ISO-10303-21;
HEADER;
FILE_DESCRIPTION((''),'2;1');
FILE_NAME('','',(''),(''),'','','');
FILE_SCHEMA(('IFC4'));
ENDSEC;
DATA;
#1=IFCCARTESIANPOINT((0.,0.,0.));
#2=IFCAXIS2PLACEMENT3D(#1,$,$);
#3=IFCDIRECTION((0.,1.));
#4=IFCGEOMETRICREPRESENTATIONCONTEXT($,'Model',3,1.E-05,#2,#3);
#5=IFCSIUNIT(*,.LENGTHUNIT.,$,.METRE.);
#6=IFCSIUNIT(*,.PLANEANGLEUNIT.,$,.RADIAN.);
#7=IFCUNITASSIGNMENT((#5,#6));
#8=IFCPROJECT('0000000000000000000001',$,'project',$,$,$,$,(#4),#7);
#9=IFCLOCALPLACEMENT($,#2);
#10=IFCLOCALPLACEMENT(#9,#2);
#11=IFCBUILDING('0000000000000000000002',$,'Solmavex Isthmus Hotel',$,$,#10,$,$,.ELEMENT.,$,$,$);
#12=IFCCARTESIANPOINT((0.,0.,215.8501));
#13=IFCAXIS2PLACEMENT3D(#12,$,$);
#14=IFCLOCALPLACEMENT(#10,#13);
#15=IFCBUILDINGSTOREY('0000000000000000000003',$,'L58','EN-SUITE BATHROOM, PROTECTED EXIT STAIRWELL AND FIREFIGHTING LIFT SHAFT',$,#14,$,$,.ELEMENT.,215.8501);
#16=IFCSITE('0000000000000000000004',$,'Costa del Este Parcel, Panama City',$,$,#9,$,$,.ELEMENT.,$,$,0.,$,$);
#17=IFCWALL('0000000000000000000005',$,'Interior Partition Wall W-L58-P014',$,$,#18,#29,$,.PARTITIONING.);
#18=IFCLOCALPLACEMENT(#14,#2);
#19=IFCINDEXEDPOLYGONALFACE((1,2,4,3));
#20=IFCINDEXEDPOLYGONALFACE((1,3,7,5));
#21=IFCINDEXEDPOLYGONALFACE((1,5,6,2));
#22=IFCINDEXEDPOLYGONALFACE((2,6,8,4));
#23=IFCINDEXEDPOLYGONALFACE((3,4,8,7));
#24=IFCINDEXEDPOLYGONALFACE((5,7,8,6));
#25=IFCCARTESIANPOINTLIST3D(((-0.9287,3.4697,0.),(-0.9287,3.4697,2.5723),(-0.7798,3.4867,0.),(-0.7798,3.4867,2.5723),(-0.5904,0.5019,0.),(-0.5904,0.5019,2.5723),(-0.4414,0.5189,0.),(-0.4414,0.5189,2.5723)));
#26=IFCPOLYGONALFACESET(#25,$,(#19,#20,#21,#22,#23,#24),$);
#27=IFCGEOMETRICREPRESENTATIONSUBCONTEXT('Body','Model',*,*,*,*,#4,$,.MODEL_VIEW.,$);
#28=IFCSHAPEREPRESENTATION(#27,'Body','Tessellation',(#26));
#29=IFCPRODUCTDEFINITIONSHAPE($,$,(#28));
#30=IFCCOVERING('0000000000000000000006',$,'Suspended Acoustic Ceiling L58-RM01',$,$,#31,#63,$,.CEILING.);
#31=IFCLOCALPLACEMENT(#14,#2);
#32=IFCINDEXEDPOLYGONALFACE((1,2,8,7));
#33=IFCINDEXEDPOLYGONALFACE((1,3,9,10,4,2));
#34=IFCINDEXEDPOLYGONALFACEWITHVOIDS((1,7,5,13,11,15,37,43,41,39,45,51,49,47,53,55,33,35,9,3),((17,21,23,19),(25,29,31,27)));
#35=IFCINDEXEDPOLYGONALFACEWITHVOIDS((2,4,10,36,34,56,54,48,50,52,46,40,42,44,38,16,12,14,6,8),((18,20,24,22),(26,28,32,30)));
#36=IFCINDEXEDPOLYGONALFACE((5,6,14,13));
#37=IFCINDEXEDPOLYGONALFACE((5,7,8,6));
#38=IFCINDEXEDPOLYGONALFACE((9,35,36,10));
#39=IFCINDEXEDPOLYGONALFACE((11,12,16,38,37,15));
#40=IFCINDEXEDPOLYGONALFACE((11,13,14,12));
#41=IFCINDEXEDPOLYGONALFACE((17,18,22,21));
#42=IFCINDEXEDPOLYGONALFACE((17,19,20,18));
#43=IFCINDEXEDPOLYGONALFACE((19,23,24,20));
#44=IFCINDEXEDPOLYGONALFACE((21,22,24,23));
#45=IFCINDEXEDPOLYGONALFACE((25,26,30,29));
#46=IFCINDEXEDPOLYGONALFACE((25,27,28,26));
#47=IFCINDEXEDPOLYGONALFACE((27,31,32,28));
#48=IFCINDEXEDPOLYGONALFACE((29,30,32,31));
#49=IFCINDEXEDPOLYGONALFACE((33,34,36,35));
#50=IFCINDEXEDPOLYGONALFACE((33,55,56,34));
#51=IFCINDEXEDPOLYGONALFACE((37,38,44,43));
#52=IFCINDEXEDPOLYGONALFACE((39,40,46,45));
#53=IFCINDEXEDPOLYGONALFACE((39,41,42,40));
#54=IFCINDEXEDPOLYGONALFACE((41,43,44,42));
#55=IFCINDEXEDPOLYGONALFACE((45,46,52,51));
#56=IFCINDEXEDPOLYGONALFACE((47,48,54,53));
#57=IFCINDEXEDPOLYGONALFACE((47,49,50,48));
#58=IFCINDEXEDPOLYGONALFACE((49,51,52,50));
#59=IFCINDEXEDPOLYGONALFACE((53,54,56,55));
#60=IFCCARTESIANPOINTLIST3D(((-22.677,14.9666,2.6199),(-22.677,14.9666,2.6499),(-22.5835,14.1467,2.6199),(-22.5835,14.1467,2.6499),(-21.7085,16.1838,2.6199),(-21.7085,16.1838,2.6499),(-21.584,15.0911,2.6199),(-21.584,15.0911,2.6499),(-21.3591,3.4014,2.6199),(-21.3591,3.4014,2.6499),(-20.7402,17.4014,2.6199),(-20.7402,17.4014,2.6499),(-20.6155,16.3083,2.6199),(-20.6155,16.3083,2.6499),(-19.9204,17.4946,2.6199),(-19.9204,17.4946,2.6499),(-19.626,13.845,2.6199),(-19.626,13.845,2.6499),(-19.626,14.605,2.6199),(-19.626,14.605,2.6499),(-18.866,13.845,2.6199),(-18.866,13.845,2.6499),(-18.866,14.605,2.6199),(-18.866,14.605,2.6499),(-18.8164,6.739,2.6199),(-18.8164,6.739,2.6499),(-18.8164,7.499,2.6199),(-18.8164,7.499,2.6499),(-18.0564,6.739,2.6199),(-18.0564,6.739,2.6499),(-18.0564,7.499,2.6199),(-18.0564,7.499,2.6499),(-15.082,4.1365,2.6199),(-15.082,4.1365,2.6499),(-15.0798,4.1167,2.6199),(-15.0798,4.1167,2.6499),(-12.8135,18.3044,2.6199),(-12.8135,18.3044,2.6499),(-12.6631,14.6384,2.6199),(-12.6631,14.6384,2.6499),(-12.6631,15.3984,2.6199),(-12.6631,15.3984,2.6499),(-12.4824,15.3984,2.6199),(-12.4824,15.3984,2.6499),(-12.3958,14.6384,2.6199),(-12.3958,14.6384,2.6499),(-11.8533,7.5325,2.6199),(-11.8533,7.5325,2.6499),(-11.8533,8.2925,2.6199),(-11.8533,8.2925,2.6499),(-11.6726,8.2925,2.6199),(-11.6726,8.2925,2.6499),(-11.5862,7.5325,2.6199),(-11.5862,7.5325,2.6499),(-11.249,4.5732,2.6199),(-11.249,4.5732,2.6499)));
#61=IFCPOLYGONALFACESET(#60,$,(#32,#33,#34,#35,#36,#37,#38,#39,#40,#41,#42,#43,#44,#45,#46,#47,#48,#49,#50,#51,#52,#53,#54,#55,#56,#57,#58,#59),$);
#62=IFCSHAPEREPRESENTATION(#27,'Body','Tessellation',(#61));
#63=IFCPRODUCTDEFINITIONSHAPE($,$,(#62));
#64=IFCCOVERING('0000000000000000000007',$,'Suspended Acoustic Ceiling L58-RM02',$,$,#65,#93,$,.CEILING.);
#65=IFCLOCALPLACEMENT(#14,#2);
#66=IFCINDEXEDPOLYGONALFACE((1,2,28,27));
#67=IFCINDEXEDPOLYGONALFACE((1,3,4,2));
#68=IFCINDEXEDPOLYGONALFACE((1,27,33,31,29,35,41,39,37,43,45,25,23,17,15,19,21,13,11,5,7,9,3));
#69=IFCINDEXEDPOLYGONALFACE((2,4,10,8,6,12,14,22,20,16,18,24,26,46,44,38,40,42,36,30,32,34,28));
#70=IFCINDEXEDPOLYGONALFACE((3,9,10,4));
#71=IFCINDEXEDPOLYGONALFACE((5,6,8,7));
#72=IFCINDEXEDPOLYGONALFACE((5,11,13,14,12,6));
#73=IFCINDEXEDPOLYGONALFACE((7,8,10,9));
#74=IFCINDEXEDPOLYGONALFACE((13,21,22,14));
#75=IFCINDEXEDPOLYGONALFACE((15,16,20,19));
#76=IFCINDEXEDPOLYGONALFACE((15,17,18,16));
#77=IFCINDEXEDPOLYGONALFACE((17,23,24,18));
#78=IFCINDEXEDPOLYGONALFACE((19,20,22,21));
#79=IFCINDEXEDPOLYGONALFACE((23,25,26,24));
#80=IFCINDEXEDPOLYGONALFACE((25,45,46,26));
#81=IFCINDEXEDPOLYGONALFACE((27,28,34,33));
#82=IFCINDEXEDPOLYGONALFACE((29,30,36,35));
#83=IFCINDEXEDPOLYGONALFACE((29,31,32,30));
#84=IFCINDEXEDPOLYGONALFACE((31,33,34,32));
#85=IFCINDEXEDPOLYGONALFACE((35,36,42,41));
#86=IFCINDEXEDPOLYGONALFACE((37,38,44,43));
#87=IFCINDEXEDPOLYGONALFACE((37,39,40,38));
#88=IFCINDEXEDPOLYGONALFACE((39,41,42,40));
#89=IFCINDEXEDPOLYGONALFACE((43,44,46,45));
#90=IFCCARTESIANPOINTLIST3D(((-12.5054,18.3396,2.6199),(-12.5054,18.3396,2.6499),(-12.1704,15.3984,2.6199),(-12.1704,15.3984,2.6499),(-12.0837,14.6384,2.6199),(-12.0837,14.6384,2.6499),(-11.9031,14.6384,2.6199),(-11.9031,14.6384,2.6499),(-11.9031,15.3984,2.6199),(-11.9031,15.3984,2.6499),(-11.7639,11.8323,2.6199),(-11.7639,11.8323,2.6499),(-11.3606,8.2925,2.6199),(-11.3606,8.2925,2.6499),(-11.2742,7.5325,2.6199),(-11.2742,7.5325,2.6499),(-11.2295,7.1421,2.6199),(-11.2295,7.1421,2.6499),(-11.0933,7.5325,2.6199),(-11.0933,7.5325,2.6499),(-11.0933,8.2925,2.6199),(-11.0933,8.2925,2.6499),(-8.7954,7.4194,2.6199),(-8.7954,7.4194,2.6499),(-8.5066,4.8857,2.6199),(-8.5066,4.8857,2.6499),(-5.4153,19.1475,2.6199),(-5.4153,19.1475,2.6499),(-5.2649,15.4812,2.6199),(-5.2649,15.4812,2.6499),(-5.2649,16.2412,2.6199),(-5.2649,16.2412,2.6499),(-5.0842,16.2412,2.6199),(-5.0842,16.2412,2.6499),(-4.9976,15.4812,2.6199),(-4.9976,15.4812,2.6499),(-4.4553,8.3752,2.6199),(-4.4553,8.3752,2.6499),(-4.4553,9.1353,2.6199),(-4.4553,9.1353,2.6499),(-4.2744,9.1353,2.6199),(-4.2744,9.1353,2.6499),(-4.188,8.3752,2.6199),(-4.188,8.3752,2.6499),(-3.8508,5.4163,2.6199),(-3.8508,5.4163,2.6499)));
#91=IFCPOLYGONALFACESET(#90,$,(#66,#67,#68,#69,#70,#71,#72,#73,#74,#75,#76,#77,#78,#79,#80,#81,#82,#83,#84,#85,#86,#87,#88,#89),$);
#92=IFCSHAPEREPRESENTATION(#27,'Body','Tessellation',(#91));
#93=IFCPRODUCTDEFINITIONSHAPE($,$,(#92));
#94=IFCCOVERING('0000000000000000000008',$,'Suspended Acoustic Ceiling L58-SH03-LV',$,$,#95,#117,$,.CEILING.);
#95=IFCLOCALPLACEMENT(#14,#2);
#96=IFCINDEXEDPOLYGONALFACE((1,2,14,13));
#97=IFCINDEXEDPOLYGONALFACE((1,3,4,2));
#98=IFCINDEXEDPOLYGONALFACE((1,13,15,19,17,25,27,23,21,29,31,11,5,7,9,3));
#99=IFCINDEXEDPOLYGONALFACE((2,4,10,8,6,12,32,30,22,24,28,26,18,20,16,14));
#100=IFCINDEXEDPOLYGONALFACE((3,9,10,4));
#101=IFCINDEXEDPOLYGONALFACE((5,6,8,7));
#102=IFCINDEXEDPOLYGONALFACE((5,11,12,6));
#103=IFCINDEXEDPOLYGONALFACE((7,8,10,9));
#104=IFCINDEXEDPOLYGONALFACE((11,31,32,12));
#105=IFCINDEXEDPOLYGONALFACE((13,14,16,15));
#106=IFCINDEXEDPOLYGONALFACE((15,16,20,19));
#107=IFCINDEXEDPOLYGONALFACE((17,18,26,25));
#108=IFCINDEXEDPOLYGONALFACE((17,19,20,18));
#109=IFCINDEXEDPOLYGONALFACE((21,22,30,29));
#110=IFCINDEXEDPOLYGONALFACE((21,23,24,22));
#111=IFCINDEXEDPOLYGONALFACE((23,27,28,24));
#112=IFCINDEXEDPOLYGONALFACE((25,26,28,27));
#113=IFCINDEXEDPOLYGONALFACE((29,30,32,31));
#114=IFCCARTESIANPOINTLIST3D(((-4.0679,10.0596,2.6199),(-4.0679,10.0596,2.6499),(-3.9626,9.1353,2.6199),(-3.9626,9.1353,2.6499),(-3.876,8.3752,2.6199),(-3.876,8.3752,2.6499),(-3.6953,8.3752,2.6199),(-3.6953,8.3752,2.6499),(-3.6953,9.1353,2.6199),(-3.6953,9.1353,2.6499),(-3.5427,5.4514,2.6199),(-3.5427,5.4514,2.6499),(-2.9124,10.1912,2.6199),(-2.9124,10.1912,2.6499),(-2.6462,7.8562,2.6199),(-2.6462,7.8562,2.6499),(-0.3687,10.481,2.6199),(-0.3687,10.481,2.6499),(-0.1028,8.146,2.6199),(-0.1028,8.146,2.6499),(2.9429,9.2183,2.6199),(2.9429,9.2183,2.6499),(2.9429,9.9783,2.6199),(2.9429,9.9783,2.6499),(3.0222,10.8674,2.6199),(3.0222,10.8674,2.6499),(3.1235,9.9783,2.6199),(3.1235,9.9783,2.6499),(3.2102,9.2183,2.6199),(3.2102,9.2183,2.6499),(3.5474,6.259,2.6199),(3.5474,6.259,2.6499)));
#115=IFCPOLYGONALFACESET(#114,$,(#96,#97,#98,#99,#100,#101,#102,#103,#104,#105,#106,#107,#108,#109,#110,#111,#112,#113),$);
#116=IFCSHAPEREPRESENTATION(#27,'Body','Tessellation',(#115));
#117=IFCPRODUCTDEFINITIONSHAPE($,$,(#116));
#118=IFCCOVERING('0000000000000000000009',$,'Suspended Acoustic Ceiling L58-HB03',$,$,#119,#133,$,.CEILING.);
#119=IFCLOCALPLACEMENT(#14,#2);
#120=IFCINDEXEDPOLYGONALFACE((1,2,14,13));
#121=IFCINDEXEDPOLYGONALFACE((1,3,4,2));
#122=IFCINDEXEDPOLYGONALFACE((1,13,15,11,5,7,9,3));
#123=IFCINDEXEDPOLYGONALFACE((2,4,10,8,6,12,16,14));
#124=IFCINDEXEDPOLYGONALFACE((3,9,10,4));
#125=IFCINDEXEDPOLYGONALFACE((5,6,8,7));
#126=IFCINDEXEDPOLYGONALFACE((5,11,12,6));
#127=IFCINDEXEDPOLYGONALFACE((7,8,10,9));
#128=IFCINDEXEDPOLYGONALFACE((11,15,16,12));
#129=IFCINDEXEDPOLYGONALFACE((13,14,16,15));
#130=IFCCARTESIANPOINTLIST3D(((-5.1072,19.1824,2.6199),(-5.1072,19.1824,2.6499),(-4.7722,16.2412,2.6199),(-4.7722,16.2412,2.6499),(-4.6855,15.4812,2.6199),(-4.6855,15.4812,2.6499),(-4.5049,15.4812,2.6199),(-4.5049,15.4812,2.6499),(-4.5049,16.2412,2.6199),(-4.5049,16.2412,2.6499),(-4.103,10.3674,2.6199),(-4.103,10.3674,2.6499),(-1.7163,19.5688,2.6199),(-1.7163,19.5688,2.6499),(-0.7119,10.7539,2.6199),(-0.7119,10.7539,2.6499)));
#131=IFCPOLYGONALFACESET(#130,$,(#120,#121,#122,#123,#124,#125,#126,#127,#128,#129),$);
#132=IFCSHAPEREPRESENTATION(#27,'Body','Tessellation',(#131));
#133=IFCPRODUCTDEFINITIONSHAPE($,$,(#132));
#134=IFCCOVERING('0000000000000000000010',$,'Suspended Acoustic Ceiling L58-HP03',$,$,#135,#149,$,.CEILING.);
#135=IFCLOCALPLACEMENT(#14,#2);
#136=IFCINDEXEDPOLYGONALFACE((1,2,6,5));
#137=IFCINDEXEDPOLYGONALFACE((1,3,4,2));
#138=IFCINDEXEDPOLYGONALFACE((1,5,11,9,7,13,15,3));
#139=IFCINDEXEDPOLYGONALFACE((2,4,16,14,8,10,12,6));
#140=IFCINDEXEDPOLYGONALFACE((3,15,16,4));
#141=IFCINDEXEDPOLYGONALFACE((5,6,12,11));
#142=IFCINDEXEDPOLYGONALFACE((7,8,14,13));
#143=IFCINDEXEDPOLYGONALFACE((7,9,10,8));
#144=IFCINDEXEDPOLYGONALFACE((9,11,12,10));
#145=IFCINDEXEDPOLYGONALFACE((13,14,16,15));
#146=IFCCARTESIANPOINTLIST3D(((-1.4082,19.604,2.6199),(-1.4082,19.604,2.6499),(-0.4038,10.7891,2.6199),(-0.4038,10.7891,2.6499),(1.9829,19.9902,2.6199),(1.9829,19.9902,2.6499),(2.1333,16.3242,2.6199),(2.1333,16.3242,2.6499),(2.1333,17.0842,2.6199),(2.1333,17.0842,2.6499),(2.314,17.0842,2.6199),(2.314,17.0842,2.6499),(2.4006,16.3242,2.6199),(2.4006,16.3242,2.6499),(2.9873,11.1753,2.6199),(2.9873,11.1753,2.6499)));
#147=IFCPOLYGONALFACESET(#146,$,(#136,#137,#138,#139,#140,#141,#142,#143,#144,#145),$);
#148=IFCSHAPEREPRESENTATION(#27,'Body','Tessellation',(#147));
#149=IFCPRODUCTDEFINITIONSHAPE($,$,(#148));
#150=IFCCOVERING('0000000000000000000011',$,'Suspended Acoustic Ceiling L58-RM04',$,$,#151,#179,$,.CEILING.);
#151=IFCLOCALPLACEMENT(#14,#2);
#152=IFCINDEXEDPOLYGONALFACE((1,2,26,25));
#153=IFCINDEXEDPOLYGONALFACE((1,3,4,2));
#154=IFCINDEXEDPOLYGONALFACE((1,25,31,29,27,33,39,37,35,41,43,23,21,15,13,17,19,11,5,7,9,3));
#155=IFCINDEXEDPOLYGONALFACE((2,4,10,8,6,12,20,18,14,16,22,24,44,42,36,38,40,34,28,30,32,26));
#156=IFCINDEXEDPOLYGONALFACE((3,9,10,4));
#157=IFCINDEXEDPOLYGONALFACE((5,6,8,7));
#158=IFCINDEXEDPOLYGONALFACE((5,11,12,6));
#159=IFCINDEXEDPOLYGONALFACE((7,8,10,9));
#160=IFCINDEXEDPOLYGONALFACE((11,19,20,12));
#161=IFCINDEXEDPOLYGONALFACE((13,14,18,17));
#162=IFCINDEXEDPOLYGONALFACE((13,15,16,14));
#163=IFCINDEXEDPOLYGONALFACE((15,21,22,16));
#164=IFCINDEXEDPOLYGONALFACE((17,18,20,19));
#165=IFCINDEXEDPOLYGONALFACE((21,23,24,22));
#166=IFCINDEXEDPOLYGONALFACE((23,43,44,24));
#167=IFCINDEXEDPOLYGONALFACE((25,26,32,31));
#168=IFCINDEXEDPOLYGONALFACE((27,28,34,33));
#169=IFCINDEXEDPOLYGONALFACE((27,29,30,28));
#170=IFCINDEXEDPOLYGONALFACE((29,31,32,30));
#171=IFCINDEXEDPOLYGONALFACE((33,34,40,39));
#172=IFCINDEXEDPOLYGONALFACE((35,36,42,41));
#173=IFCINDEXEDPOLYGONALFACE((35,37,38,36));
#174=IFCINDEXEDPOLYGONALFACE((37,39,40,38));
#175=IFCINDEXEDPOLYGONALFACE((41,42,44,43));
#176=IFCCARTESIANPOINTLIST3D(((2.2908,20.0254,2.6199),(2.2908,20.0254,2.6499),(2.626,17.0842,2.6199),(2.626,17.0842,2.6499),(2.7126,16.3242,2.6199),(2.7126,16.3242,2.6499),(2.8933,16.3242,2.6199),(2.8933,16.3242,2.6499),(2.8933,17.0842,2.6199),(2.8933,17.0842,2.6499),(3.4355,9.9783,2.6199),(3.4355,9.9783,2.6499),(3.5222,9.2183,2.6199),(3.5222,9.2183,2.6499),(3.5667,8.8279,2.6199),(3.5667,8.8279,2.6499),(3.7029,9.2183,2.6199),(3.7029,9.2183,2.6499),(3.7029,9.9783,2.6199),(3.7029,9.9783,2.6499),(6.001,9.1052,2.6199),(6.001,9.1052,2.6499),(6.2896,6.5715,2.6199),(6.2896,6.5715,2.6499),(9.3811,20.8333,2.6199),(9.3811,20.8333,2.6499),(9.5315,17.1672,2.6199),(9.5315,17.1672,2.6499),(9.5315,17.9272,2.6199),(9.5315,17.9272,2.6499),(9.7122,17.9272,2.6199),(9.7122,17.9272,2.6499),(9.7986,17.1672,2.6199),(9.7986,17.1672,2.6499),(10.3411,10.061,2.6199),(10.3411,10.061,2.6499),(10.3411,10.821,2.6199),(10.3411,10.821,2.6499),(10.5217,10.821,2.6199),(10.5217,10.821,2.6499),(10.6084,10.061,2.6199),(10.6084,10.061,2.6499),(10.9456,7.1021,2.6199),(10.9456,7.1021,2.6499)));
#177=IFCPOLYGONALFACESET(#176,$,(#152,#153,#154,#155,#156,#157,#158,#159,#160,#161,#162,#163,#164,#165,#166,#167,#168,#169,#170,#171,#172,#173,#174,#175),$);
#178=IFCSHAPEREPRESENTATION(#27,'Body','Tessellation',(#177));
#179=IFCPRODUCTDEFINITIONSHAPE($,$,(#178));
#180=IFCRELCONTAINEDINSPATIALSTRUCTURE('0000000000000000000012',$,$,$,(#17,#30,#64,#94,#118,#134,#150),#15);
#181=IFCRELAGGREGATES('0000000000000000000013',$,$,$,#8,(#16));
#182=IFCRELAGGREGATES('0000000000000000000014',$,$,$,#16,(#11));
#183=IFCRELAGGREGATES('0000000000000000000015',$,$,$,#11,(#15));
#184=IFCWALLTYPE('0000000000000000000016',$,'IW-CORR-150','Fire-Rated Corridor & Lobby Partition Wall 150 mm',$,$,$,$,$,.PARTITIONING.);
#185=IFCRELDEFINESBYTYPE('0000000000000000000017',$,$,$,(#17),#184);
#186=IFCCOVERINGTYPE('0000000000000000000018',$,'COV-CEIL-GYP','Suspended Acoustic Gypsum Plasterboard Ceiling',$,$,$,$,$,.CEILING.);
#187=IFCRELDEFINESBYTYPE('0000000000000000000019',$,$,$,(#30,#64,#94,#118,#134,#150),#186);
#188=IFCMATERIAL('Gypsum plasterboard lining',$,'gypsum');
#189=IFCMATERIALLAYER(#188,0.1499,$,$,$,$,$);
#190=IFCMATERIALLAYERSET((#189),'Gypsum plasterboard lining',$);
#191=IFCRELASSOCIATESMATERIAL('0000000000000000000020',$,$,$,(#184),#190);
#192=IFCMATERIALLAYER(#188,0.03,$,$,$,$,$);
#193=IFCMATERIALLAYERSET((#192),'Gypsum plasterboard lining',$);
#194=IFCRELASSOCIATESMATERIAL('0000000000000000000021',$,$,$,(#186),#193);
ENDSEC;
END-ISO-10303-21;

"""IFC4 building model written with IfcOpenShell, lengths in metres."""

from ifc_helpers import new_model, si_unit, direction, frame, frame_2d, origin, place, context, subcontext, project, spatial, polyline, rectangle, outline, extrude, material, layer, layer_set, type_object, element, save


model = new_model("IFC4")

# Units and contexts
model_context = context("Model", 3, precision=1e-05, world=origin(), true_north=direction((0.0, 1.0)))
body_context = subcontext(model_context, "Body", "Model", "MODEL_VIEW")
ifc_project = project(units=[si_unit("LENGTHUNIT", "METRE"), si_unit("PLANEANGLEUNIT", "RADIAN")], contexts=[model_context])

# Site, building, storey
site_placement = place(None, origin())
site = spatial("IfcSite", under=ifc_project, at=site_placement, Name="Costa del Este Parcel, Panama City", CompositionType="ELEMENT", RefElevation=0.0)
building_placement = place(site_placement, origin())
building = spatial("IfcBuilding", under=site, at=building_placement, Name="Solmavex Isthmus Hotel", CompositionType="ELEMENT")
storey_placement = place(building_placement, frame((0.0, 0.0, 215.8501)))
storey = spatial("IfcBuildingStorey", under=building, at=storey_placement, Name="L58", Description="EN-SUITE BATHROOM, PROTECTED EXIT STAIRWELL AND FIREFIGHTING LIFT SHAFT", CompositionType="ELEMENT", Elevation=215.8501)

# Shared definitions
ifc_material_1 = material(Name="Gypsum plasterboard lining", Category="gypsum")
ifc_layer_1 = layer(ifc_material_1, 0.1499)
ifc_layer_set_1 = layer_set([ifc_layer_1], Name="Gypsum plasterboard lining")
wall_type = type_object("IfcWallType", Name="IW-CORR-150", Description="Fire-Rated Corridor & Lobby Partition Wall 150 mm", PredefinedType="PARTITIONING", material=ifc_layer_set_1)

# Wall
wall_1_placement = place(storey_placement, frame((-0.5159, 0.5103, 0.0), z_axis=(0.0, 0.0, 1.0), x_axis=(-0.113284, 0.993563, 0.0)))
element("IfcWall", 1, at=wall_1_placement, inside=storey, type_object=wall_type, Name="Interior Partition Wall W-L58-P014", PredefinedType="PARTITIONING", context=body_context, shape_type="SweptSolid", body=[
    extrude(rectangle(XDim=2.9871, YDim=0.1499, at=frame_2d((1.4937, 0.0))), origin(), (0.0, 0.0, 1.0), 2.5723),
])

# Coverings
ifc_layer_2 = layer(ifc_material_1, 0.03)
ifc_layer_set_2 = layer_set([ifc_layer_2], Name="Gypsum plasterboard lining")
covering_type_1 = type_object("IfcCoveringType", Name="COV-CEIL-GYP", Description="Suspended Acoustic Gypsum Plasterboard Ceiling", PredefinedType="CEILING", material=ifc_layer_set_2)
covering_1_placement = place(storey_placement, frame((0.0, 0.0, 2.6199)))
element("IfcCovering", 2, at=covering_1_placement, inside=storey, type_object=covering_type_1, Name="Suspended Acoustic Ceiling L58-RM01", PredefinedType="CEILING", context=body_context, shape_type="SweptSolid", body=[
    extrude(outline(polyline([(-15.0798, 4.1167), (-15.082, 4.1365), (-11.249, 4.5732), (-11.5862, 7.5325), (-11.8533, 7.5325), (-11.8533, 8.2925), (-11.6726, 8.2925), (-12.3958, 14.6384), (-12.6631, 14.6384), (-12.6631, 15.3984), (-12.4824, 15.3984), (-12.8135, 18.3044), (-19.9204, 17.4946), (-20.7402, 17.4014), (-20.6155, 16.3083), (-21.7085, 16.1838), (-21.584, 15.0911), (-22.677, 14.9666), (-22.5835, 14.1467), (-21.3591, 3.4014), (-15.0798, 4.1167)]), holes=[polyline([(-18.8164, 6.739), (-18.8164, 7.499), (-18.0564, 7.499), (-18.0564, 6.739), (-18.8164, 6.739)]), polyline([(-19.626, 13.845), (-19.626, 14.605), (-18.866, 14.605), (-18.866, 13.845), (-19.626, 13.845)])]), origin(), (0.0, 0.0, 1.0), 0.03),
])
covering_2_placement = place(storey_placement, frame((0.0, 0.0, 2.6199)))
element("IfcCovering", 3, at=covering_2_placement, inside=storey, type_object=covering_type_1, Name="Suspended Acoustic Ceiling L58-RM02", PredefinedType="CEILING", context=body_context, shape_type="SweptSolid", body=[
    extrude(outline(polyline([(-11.3606, 8.2925), (-11.0933, 8.2925), (-11.0933, 7.5325), (-11.2742, 7.5325), (-11.2295, 7.1421), (-8.7954, 7.4194), (-8.5066, 4.8857), (-3.8508, 5.4163), (-4.188, 8.3752), (-4.4553, 8.3752), (-4.4553, 9.1353), (-4.2744, 9.1353), (-4.9976, 15.4812), (-5.2649, 15.4812), (-5.2649, 16.2412), (-5.0842, 16.2412), (-5.4153, 19.1475), (-12.5054, 18.3396), (-12.1704, 15.3984), (-11.9031, 15.3984), (-11.9031, 14.6384), (-12.0837, 14.6384), (-11.7639, 11.8323), (-11.3606, 8.2925)])), origin(), (0.0, 0.0, 1.0), 0.03),
])
covering_3_placement = place(storey_placement, frame((0.0, 0.0, 2.6199)))
element("IfcCovering", 4, at=covering_3_placement, inside=storey, type_object=covering_type_1, Name="Suspended Acoustic Ceiling L58-SH03-LV", PredefinedType="CEILING", context=body_context, shape_type="SweptSolid", body=[
    extrude(outline(polyline([(-2.9124, 10.1912), (-4.0679, 10.0596), (-3.9626, 9.1353), (-3.6953, 9.1353), (-3.6953, 8.3752), (-3.876, 8.3752), (-3.5427, 5.4514), (3.5474, 6.259), (3.2102, 9.2183), (2.9429, 9.2183), (2.9429, 9.9783), (3.1235, 9.9783), (3.0222, 10.8674), (-0.3687, 10.481), (-0.1028, 8.146), (-2.6462, 7.8562), (-2.9124, 10.1912)])), origin(), (0.0, 0.0, 1.0), 0.03),
])
covering_4_placement = place(storey_placement, frame((0.0, 0.0, 2.6199)))
element("IfcCovering", 5, at=covering_4_placement, inside=storey, type_object=covering_type_1, Name="Suspended Acoustic Ceiling L58-HB03", PredefinedType="CEILING", context=body_context, shape_type="SweptSolid", body=[
    extrude(outline(polyline([(-4.7722, 16.2412), (-4.5049, 16.2412), (-4.5049, 15.4812), (-4.6855, 15.4812), (-4.103, 10.3674), (-0.7119, 10.7539), (-1.7163, 19.5688), (-5.1072, 19.1824), (-4.7722, 16.2412)])), origin(), (0.0, 0.0, 1.0), 0.03),
])
covering_5_placement = place(storey_placement, frame((0.0, 0.0, 2.6199)))
element("IfcCovering", 6, at=covering_5_placement, inside=storey, type_object=covering_type_1, Name="Suspended Acoustic Ceiling L58-HP03", PredefinedType="CEILING", context=body_context, shape_type="SweptSolid", body=[
    extrude(outline(polyline([(2.4006, 16.3242), (2.1333, 16.3242), (2.1333, 17.0842), (2.314, 17.0842), (1.9829, 19.9902), (-1.4082, 19.604), (-0.4038, 10.7891), (2.9873, 11.1753), (2.4006, 16.3242)])), origin(), (0.0, 0.0, 1.0), 0.03),
])
covering_6_placement = place(storey_placement, frame((0.0, 0.0, 2.6199)))
element("IfcCovering", 7, at=covering_6_placement, inside=storey, type_object=covering_type_1, Name="Suspended Acoustic Ceiling L58-RM04", PredefinedType="CEILING", context=body_context, shape_type="SweptSolid", body=[
    extrude(outline(polyline([(3.4355, 9.9783), (3.7029, 9.9783), (3.7029, 9.2183), (3.5222, 9.2183), (3.5667, 8.8279), (6.001, 9.1052), (6.2896, 6.5715), (10.9456, 7.1021), (10.6084, 10.061), (10.3411, 10.061), (10.3411, 10.821), (10.5217, 10.821), (9.7986, 17.1672), (9.5315, 17.1672), (9.5315, 17.9272), (9.7122, 17.9272), (9.3811, 20.8333), (2.2908, 20.0254), (2.626, 17.0842), (2.8933, 17.0842), (2.8933, 16.3242), (2.7126, 16.3242), (3.4355, 9.9783)])), origin(), (0.0, 0.0, 1.0), 0.03),
])

save(model, "model.ifc")
